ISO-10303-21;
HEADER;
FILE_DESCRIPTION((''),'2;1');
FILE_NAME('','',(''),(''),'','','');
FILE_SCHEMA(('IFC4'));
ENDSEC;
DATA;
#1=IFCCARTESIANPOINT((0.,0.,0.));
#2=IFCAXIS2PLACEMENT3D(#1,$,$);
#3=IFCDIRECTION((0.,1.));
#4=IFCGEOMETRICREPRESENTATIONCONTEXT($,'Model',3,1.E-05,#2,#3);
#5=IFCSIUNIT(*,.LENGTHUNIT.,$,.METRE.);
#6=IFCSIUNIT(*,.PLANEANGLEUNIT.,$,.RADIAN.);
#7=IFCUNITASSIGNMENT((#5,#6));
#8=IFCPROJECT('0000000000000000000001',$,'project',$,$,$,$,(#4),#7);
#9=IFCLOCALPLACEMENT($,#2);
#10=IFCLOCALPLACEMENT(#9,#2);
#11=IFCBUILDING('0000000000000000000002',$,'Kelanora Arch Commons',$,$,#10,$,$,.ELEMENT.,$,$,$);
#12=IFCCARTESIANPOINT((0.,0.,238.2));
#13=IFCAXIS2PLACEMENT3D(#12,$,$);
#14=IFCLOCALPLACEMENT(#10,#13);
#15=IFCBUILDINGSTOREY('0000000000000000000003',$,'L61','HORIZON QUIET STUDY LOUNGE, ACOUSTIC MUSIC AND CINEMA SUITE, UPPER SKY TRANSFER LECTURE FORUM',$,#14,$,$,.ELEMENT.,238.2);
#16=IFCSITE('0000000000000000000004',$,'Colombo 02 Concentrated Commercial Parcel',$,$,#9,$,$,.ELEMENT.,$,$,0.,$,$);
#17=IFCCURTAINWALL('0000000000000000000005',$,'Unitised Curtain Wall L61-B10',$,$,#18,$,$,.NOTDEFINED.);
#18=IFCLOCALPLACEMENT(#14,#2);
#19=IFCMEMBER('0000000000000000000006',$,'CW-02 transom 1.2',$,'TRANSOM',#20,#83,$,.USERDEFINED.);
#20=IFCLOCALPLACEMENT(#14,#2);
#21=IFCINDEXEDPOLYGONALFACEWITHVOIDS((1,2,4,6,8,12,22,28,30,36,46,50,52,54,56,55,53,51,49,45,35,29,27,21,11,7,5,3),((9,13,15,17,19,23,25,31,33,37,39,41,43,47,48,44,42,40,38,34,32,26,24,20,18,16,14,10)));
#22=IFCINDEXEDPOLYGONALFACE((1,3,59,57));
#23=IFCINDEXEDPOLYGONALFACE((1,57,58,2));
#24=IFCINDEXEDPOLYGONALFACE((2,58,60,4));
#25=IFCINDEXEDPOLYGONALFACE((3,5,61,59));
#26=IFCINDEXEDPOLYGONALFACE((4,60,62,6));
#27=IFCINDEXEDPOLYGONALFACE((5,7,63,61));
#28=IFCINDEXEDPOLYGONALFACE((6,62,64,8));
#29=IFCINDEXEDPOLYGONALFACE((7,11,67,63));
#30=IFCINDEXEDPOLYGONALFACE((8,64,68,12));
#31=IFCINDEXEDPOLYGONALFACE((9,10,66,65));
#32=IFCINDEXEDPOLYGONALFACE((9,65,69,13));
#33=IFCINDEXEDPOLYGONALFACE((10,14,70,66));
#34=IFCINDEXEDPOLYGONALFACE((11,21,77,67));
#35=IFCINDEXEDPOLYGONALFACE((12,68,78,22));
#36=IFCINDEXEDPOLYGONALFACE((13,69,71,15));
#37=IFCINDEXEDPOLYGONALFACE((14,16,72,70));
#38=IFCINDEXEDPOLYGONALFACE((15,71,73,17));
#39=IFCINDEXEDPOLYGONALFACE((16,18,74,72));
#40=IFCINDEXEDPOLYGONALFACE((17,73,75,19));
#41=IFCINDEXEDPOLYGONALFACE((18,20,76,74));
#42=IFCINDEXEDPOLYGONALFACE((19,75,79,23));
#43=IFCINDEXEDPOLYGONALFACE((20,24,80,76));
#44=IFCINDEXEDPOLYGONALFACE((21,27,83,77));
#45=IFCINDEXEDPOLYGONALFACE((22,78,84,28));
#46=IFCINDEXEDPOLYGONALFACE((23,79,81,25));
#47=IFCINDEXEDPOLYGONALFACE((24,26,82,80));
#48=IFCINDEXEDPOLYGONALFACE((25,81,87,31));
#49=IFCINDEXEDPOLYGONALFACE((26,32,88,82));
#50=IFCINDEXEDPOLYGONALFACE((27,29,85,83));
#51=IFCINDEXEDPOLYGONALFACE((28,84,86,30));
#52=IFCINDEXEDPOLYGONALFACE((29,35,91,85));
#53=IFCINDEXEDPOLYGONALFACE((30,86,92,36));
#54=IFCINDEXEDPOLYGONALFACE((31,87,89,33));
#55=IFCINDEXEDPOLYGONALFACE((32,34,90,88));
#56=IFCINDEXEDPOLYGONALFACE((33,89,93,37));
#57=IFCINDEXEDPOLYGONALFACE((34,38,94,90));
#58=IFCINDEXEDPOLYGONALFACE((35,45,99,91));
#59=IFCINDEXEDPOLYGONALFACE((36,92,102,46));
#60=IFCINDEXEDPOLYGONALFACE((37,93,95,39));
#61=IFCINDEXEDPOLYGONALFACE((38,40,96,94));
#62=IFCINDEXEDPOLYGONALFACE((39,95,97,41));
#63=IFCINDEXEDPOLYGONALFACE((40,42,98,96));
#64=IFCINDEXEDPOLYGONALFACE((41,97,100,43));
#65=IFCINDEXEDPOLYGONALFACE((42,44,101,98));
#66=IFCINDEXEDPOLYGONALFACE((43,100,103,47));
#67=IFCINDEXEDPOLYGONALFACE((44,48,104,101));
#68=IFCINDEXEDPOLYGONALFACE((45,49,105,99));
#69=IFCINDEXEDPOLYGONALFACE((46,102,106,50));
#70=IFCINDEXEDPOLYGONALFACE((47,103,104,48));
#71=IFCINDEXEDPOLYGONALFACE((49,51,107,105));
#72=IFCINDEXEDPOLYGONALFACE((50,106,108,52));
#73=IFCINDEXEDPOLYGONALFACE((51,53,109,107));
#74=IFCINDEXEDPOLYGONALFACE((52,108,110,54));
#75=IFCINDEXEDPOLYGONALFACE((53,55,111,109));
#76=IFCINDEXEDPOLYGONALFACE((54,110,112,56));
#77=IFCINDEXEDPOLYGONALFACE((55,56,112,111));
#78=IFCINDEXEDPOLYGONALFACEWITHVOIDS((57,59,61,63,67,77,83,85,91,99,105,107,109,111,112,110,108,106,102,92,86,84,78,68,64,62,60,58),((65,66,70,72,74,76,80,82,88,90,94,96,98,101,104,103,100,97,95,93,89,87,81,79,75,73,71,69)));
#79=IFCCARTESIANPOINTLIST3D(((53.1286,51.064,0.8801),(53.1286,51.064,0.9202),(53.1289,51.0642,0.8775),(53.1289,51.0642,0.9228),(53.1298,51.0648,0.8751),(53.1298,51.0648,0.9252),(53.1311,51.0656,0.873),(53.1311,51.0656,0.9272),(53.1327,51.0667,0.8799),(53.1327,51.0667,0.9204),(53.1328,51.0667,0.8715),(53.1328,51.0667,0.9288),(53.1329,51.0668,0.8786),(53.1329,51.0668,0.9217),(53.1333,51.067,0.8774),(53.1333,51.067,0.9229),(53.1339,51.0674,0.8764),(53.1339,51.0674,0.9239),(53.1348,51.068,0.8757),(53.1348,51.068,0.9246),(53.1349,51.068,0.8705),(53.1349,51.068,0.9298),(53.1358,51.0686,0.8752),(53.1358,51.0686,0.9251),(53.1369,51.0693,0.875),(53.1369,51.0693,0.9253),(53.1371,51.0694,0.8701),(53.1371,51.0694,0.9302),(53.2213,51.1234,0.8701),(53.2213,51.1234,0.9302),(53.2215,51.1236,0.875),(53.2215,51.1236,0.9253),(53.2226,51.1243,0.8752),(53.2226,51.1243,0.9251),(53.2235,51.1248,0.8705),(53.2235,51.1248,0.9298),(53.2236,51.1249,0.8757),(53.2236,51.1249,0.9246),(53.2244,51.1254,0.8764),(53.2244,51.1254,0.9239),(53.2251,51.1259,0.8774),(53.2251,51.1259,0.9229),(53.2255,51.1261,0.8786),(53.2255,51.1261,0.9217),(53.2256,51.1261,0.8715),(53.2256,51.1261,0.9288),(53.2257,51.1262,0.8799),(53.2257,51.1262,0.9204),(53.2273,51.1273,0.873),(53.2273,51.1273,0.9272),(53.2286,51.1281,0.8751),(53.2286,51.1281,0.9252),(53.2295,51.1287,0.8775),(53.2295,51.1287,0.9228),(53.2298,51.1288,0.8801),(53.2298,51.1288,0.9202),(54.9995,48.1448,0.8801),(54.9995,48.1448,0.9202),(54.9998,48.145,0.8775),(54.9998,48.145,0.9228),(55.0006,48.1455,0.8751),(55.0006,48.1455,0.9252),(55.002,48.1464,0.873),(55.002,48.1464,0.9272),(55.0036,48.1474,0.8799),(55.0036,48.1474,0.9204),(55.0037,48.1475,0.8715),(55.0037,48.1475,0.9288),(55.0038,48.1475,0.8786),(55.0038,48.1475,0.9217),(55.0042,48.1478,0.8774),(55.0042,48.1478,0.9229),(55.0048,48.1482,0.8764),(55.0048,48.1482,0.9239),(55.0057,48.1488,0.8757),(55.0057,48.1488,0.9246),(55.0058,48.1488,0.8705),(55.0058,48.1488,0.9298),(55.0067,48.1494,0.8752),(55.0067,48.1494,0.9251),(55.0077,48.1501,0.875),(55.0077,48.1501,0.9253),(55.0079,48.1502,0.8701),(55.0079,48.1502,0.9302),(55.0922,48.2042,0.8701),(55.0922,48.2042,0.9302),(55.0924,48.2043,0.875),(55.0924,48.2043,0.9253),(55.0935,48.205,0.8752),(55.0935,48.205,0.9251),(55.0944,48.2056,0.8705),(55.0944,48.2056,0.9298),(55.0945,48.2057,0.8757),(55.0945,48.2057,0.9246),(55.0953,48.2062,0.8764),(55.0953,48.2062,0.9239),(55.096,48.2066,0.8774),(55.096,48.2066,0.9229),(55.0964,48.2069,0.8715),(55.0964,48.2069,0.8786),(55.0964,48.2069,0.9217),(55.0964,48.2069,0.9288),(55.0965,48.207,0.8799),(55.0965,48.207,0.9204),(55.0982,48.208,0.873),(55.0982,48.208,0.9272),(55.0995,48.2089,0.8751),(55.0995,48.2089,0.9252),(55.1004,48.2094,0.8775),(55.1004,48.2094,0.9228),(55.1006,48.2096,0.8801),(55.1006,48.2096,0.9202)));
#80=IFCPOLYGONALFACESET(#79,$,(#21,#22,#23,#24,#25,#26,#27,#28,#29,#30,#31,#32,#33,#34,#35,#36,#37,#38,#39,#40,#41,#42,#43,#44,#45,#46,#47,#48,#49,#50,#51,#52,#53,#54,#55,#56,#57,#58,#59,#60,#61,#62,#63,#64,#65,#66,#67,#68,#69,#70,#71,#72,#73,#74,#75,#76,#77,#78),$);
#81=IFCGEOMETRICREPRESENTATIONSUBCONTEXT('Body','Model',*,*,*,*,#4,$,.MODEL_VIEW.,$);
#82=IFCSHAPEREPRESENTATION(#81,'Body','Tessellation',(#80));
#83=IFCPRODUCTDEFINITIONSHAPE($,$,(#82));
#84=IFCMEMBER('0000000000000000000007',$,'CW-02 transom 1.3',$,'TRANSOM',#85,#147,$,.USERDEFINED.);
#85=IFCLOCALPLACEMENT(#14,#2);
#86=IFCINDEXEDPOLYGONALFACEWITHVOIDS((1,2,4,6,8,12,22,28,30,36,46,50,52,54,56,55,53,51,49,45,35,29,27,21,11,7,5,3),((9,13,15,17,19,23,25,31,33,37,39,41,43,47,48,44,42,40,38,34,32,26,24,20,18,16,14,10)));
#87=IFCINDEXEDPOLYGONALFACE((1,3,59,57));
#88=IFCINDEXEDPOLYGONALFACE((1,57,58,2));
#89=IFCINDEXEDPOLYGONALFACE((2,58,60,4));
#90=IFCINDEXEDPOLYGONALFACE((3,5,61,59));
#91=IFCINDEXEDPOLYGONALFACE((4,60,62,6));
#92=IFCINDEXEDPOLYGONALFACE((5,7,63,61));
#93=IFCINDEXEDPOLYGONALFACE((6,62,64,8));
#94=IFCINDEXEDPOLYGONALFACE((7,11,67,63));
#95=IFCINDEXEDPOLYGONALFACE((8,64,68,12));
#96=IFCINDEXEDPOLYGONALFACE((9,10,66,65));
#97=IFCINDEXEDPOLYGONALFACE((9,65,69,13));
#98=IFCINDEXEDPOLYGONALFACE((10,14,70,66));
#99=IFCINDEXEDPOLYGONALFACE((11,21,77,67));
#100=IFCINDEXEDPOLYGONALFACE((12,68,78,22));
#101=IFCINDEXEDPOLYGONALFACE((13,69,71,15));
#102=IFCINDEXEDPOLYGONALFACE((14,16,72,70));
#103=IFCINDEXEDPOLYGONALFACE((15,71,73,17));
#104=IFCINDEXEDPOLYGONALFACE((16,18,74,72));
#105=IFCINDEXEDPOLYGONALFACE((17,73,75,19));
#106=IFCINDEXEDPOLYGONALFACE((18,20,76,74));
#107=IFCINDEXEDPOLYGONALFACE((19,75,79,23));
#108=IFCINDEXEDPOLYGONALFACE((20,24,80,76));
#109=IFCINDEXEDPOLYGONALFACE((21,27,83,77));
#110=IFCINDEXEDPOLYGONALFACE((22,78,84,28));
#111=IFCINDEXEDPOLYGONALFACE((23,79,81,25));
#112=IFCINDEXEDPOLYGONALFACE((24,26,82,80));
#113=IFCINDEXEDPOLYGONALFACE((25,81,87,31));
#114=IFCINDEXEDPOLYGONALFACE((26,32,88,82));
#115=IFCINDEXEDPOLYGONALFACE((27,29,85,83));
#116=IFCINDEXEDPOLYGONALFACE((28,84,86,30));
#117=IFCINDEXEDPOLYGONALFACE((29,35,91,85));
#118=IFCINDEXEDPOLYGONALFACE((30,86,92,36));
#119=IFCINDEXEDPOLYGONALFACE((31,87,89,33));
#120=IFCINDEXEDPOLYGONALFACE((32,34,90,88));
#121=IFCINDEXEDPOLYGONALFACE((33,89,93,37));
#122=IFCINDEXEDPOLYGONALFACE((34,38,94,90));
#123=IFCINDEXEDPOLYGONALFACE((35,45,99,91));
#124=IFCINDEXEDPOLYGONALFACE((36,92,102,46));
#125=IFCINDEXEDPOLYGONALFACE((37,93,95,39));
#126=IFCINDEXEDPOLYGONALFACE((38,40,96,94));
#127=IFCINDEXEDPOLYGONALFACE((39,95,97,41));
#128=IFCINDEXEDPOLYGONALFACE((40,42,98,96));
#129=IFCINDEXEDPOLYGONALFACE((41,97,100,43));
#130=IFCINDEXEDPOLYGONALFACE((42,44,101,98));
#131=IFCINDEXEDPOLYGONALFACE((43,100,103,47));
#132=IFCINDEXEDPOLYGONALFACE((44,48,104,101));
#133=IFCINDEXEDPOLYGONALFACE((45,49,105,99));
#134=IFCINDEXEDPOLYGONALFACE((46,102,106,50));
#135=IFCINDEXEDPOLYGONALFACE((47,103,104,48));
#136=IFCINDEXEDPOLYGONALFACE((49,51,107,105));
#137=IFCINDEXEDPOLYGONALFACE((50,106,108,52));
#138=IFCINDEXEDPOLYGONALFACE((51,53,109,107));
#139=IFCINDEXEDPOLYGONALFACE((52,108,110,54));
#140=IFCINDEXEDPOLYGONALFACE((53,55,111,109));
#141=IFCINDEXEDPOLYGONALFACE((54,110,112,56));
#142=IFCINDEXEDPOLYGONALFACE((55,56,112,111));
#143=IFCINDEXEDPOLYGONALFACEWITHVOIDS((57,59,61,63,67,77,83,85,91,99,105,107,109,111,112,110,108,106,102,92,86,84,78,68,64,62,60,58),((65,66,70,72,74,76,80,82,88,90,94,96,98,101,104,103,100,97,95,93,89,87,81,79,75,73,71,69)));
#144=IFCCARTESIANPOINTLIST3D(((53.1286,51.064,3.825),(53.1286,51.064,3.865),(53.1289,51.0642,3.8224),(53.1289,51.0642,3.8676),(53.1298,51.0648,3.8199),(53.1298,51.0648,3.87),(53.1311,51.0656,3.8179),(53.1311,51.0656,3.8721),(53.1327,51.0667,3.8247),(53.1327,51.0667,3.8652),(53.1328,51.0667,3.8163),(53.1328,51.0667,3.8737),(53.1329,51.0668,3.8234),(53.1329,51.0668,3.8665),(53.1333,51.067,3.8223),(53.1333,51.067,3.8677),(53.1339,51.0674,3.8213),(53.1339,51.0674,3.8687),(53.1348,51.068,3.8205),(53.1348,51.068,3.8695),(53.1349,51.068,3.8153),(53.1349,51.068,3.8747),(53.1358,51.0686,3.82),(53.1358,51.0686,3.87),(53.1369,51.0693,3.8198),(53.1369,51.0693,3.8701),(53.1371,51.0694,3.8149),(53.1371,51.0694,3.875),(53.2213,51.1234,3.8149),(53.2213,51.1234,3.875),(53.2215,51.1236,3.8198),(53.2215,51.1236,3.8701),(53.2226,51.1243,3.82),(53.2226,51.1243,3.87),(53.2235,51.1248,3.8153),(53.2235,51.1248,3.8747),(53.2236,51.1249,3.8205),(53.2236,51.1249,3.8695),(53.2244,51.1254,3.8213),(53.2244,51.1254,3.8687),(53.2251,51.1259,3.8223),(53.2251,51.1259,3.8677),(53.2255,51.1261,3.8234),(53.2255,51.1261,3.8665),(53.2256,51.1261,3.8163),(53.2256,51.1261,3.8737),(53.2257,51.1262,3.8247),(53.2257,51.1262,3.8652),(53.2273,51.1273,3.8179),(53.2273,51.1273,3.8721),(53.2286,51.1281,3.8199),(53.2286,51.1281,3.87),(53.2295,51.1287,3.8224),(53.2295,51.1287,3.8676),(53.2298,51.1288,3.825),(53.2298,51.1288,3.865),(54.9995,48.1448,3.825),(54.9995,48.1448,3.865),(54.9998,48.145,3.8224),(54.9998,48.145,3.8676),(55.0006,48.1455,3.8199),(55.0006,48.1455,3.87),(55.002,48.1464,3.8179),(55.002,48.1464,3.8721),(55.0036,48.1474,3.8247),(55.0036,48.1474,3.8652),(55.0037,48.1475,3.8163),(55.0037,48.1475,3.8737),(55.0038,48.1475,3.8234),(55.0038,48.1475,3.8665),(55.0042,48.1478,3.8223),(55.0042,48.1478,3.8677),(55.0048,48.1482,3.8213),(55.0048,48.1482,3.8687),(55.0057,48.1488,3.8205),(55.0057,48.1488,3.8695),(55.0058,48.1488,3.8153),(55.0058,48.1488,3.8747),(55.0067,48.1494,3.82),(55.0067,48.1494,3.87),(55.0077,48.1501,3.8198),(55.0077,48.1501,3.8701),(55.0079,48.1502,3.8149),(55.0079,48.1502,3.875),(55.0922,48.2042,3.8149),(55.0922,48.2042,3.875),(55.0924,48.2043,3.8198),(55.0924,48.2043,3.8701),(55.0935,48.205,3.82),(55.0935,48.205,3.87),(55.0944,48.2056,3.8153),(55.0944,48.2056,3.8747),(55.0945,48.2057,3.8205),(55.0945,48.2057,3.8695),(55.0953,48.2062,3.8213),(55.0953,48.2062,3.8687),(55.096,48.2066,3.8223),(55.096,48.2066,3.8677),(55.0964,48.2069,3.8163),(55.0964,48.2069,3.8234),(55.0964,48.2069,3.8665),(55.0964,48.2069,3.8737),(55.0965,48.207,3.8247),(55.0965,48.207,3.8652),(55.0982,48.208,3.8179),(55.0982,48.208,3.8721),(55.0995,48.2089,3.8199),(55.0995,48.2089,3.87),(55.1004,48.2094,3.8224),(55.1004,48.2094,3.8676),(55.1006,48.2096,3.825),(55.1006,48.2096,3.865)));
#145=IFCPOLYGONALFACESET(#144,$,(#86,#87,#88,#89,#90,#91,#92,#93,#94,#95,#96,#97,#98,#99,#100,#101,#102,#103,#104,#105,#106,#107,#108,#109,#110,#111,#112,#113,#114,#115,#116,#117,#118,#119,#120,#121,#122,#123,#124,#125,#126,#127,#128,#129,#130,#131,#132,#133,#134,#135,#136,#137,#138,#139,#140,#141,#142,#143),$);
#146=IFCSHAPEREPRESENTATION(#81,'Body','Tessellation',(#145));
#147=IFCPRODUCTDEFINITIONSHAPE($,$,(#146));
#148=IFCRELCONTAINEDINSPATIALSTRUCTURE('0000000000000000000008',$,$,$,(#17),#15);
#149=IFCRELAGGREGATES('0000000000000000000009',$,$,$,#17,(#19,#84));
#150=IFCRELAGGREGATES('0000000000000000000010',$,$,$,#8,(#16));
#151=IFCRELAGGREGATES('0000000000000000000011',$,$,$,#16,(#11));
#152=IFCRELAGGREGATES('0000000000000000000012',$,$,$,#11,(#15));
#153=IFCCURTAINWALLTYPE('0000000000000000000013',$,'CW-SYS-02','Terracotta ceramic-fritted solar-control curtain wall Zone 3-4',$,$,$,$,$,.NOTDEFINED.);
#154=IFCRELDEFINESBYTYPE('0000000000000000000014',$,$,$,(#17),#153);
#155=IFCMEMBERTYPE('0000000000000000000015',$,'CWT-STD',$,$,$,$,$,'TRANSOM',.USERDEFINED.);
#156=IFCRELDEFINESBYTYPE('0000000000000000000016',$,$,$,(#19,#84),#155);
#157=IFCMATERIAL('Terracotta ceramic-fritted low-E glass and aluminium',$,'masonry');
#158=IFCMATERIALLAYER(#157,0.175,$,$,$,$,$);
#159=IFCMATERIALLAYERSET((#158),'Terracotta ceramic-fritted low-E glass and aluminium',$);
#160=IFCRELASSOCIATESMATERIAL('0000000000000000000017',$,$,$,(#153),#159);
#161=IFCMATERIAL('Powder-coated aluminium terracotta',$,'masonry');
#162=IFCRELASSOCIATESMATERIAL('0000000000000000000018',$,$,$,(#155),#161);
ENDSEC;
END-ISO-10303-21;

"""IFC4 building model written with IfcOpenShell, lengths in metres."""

from ifc_helpers import new_model, si_unit, direction, frame, origin, origin_2d, place, context, subcontext, project, spatial, hollow_rectangle, extrude, material, layer, layer_set, material_profile, profile_set, type_object, element, aggregate, save


model = new_model("IFC4")

# Units and contexts
model_context = context("Model", 3, precision=1e-05, world=origin(), true_north=direction((0.0, 1.0)))
body_context = subcontext(model_context, "Body", "Model", "MODEL_VIEW")
ifc_project = project(units=[si_unit("LENGTHUNIT", "METRE"), si_unit("PLANEANGLEUNIT", "RADIAN")], contexts=[model_context])

# Site, building, storey
site_placement = place(None, origin())
site = spatial("IfcSite", under=ifc_project, at=site_placement, Name="Colombo 02 Concentrated Commercial Parcel", CompositionType="ELEMENT", RefElevation=0.0)
building_placement = place(site_placement, origin())
building = spatial("IfcBuilding", under=site, at=building_placement, Name="Kelanora Arch Commons", CompositionType="ELEMENT")
storey_placement = place(building_placement, frame((0.0, 0.0, 238.2)))
storey = spatial("IfcBuildingStorey", under=building, at=storey_placement, Name="L61", Description="HORIZON QUIET STUDY LOUNGE, ACOUSTIC MUSIC AND CINEMA SUITE, UPPER SKY TRANSFER LECTURE FORUM", CompositionType="ELEMENT", Elevation=238.2)

# Shared definitions
ifc_material_1 = material(Name="Terracotta ceramic-fritted low-E glass and aluminium", Category="masonry")
ifc_layer_1 = layer(ifc_material_1, 0.175)
ifc_layer_set_1 = layer_set([ifc_layer_1], Name="Terracotta ceramic-fritted low-E glass and aluminium")
curtain_wall_type = type_object("IfcCurtainWallType", Name="CW-SYS-02", Description="Terracotta ceramic-fritted solar-control curtain wall Zone 3-4", PredefinedType="NOTDEFINED", material=ifc_layer_set_1)
ifc_material_2 = material(Name="Powder-coated aluminium terracotta", Category="masonry")

# Curtain wall, members
curtain_wall_1_placement = place(storey_placement, origin())
curtain_wall_1 = element("IfcCurtainWall", 1, at=curtain_wall_1_placement, inside=storey, type_object=curtain_wall_type, Name="Unitised Curtain Wall L61-B10", PredefinedType="NOTDEFINED")
ifc_material_profile_1 = material_profile(ifc_material_2, hollow_rectangle(XDim=0.1201, YDim=0.0601, WallThickness=0.0049, InnerFilletRadius=0.0049, OuterFilletRadius=0.01, at=origin_2d()), Name="CWT120x60")
ifc_profile_set_1 = profile_set([ifc_material_profile_1], Name="Powder-coated aluminium terracotta")
member_type_1 = type_object("IfcMemberType", Name="CWT-STD", ElementType="TRANSOM", PredefinedType="USERDEFINED", material=ifc_profile_set_1)
member_1_placement = place(storey_placement, frame((53.1792, 51.0964, 0.9001), z_axis=(0.539579, -0.841935, 0.0), x_axis=(0.841935, 0.539579, 0.0)))
member_1 = element("IfcMember", 2, at=member_1_placement, type_object=member_type_1, Name="CW-02 transom 1.2", ObjectType="TRANSOM", PredefinedType="USERDEFINED", context=body_context, shape_type="SweptSolid", body=[
    extrude(hollow_rectangle(XDim=0.1201, YDim=0.0601, WallThickness=0.0049, InnerFilletRadius=0.0049, OuterFilletRadius=0.01, at=origin_2d()), origin(), (0.0, 0.0, 1.0), 3.4673),
])
member_2_placement = place(storey_placement, frame((53.1792, 51.0964, 3.845), z_axis=(0.539579, -0.841935, 0.0), x_axis=(0.841935, 0.539579, 0.0)))
member_2 = element("IfcMember", 3, at=member_2_placement, type_object=member_type_1, Name="CW-02 transom 1.3", ObjectType="TRANSOM", PredefinedType="USERDEFINED", context=body_context, shape_type="SweptSolid", body=[
    extrude(hollow_rectangle(XDim=0.1201, YDim=0.0601, WallThickness=0.0049, InnerFilletRadius=0.0049, OuterFilletRadius=0.01, at=origin_2d()), origin(), (0.0, 0.0, 1.0), 3.4673),
])

aggregate(curtain_wall_1, [member_1, member_2])

save(model, "model.ifc")
